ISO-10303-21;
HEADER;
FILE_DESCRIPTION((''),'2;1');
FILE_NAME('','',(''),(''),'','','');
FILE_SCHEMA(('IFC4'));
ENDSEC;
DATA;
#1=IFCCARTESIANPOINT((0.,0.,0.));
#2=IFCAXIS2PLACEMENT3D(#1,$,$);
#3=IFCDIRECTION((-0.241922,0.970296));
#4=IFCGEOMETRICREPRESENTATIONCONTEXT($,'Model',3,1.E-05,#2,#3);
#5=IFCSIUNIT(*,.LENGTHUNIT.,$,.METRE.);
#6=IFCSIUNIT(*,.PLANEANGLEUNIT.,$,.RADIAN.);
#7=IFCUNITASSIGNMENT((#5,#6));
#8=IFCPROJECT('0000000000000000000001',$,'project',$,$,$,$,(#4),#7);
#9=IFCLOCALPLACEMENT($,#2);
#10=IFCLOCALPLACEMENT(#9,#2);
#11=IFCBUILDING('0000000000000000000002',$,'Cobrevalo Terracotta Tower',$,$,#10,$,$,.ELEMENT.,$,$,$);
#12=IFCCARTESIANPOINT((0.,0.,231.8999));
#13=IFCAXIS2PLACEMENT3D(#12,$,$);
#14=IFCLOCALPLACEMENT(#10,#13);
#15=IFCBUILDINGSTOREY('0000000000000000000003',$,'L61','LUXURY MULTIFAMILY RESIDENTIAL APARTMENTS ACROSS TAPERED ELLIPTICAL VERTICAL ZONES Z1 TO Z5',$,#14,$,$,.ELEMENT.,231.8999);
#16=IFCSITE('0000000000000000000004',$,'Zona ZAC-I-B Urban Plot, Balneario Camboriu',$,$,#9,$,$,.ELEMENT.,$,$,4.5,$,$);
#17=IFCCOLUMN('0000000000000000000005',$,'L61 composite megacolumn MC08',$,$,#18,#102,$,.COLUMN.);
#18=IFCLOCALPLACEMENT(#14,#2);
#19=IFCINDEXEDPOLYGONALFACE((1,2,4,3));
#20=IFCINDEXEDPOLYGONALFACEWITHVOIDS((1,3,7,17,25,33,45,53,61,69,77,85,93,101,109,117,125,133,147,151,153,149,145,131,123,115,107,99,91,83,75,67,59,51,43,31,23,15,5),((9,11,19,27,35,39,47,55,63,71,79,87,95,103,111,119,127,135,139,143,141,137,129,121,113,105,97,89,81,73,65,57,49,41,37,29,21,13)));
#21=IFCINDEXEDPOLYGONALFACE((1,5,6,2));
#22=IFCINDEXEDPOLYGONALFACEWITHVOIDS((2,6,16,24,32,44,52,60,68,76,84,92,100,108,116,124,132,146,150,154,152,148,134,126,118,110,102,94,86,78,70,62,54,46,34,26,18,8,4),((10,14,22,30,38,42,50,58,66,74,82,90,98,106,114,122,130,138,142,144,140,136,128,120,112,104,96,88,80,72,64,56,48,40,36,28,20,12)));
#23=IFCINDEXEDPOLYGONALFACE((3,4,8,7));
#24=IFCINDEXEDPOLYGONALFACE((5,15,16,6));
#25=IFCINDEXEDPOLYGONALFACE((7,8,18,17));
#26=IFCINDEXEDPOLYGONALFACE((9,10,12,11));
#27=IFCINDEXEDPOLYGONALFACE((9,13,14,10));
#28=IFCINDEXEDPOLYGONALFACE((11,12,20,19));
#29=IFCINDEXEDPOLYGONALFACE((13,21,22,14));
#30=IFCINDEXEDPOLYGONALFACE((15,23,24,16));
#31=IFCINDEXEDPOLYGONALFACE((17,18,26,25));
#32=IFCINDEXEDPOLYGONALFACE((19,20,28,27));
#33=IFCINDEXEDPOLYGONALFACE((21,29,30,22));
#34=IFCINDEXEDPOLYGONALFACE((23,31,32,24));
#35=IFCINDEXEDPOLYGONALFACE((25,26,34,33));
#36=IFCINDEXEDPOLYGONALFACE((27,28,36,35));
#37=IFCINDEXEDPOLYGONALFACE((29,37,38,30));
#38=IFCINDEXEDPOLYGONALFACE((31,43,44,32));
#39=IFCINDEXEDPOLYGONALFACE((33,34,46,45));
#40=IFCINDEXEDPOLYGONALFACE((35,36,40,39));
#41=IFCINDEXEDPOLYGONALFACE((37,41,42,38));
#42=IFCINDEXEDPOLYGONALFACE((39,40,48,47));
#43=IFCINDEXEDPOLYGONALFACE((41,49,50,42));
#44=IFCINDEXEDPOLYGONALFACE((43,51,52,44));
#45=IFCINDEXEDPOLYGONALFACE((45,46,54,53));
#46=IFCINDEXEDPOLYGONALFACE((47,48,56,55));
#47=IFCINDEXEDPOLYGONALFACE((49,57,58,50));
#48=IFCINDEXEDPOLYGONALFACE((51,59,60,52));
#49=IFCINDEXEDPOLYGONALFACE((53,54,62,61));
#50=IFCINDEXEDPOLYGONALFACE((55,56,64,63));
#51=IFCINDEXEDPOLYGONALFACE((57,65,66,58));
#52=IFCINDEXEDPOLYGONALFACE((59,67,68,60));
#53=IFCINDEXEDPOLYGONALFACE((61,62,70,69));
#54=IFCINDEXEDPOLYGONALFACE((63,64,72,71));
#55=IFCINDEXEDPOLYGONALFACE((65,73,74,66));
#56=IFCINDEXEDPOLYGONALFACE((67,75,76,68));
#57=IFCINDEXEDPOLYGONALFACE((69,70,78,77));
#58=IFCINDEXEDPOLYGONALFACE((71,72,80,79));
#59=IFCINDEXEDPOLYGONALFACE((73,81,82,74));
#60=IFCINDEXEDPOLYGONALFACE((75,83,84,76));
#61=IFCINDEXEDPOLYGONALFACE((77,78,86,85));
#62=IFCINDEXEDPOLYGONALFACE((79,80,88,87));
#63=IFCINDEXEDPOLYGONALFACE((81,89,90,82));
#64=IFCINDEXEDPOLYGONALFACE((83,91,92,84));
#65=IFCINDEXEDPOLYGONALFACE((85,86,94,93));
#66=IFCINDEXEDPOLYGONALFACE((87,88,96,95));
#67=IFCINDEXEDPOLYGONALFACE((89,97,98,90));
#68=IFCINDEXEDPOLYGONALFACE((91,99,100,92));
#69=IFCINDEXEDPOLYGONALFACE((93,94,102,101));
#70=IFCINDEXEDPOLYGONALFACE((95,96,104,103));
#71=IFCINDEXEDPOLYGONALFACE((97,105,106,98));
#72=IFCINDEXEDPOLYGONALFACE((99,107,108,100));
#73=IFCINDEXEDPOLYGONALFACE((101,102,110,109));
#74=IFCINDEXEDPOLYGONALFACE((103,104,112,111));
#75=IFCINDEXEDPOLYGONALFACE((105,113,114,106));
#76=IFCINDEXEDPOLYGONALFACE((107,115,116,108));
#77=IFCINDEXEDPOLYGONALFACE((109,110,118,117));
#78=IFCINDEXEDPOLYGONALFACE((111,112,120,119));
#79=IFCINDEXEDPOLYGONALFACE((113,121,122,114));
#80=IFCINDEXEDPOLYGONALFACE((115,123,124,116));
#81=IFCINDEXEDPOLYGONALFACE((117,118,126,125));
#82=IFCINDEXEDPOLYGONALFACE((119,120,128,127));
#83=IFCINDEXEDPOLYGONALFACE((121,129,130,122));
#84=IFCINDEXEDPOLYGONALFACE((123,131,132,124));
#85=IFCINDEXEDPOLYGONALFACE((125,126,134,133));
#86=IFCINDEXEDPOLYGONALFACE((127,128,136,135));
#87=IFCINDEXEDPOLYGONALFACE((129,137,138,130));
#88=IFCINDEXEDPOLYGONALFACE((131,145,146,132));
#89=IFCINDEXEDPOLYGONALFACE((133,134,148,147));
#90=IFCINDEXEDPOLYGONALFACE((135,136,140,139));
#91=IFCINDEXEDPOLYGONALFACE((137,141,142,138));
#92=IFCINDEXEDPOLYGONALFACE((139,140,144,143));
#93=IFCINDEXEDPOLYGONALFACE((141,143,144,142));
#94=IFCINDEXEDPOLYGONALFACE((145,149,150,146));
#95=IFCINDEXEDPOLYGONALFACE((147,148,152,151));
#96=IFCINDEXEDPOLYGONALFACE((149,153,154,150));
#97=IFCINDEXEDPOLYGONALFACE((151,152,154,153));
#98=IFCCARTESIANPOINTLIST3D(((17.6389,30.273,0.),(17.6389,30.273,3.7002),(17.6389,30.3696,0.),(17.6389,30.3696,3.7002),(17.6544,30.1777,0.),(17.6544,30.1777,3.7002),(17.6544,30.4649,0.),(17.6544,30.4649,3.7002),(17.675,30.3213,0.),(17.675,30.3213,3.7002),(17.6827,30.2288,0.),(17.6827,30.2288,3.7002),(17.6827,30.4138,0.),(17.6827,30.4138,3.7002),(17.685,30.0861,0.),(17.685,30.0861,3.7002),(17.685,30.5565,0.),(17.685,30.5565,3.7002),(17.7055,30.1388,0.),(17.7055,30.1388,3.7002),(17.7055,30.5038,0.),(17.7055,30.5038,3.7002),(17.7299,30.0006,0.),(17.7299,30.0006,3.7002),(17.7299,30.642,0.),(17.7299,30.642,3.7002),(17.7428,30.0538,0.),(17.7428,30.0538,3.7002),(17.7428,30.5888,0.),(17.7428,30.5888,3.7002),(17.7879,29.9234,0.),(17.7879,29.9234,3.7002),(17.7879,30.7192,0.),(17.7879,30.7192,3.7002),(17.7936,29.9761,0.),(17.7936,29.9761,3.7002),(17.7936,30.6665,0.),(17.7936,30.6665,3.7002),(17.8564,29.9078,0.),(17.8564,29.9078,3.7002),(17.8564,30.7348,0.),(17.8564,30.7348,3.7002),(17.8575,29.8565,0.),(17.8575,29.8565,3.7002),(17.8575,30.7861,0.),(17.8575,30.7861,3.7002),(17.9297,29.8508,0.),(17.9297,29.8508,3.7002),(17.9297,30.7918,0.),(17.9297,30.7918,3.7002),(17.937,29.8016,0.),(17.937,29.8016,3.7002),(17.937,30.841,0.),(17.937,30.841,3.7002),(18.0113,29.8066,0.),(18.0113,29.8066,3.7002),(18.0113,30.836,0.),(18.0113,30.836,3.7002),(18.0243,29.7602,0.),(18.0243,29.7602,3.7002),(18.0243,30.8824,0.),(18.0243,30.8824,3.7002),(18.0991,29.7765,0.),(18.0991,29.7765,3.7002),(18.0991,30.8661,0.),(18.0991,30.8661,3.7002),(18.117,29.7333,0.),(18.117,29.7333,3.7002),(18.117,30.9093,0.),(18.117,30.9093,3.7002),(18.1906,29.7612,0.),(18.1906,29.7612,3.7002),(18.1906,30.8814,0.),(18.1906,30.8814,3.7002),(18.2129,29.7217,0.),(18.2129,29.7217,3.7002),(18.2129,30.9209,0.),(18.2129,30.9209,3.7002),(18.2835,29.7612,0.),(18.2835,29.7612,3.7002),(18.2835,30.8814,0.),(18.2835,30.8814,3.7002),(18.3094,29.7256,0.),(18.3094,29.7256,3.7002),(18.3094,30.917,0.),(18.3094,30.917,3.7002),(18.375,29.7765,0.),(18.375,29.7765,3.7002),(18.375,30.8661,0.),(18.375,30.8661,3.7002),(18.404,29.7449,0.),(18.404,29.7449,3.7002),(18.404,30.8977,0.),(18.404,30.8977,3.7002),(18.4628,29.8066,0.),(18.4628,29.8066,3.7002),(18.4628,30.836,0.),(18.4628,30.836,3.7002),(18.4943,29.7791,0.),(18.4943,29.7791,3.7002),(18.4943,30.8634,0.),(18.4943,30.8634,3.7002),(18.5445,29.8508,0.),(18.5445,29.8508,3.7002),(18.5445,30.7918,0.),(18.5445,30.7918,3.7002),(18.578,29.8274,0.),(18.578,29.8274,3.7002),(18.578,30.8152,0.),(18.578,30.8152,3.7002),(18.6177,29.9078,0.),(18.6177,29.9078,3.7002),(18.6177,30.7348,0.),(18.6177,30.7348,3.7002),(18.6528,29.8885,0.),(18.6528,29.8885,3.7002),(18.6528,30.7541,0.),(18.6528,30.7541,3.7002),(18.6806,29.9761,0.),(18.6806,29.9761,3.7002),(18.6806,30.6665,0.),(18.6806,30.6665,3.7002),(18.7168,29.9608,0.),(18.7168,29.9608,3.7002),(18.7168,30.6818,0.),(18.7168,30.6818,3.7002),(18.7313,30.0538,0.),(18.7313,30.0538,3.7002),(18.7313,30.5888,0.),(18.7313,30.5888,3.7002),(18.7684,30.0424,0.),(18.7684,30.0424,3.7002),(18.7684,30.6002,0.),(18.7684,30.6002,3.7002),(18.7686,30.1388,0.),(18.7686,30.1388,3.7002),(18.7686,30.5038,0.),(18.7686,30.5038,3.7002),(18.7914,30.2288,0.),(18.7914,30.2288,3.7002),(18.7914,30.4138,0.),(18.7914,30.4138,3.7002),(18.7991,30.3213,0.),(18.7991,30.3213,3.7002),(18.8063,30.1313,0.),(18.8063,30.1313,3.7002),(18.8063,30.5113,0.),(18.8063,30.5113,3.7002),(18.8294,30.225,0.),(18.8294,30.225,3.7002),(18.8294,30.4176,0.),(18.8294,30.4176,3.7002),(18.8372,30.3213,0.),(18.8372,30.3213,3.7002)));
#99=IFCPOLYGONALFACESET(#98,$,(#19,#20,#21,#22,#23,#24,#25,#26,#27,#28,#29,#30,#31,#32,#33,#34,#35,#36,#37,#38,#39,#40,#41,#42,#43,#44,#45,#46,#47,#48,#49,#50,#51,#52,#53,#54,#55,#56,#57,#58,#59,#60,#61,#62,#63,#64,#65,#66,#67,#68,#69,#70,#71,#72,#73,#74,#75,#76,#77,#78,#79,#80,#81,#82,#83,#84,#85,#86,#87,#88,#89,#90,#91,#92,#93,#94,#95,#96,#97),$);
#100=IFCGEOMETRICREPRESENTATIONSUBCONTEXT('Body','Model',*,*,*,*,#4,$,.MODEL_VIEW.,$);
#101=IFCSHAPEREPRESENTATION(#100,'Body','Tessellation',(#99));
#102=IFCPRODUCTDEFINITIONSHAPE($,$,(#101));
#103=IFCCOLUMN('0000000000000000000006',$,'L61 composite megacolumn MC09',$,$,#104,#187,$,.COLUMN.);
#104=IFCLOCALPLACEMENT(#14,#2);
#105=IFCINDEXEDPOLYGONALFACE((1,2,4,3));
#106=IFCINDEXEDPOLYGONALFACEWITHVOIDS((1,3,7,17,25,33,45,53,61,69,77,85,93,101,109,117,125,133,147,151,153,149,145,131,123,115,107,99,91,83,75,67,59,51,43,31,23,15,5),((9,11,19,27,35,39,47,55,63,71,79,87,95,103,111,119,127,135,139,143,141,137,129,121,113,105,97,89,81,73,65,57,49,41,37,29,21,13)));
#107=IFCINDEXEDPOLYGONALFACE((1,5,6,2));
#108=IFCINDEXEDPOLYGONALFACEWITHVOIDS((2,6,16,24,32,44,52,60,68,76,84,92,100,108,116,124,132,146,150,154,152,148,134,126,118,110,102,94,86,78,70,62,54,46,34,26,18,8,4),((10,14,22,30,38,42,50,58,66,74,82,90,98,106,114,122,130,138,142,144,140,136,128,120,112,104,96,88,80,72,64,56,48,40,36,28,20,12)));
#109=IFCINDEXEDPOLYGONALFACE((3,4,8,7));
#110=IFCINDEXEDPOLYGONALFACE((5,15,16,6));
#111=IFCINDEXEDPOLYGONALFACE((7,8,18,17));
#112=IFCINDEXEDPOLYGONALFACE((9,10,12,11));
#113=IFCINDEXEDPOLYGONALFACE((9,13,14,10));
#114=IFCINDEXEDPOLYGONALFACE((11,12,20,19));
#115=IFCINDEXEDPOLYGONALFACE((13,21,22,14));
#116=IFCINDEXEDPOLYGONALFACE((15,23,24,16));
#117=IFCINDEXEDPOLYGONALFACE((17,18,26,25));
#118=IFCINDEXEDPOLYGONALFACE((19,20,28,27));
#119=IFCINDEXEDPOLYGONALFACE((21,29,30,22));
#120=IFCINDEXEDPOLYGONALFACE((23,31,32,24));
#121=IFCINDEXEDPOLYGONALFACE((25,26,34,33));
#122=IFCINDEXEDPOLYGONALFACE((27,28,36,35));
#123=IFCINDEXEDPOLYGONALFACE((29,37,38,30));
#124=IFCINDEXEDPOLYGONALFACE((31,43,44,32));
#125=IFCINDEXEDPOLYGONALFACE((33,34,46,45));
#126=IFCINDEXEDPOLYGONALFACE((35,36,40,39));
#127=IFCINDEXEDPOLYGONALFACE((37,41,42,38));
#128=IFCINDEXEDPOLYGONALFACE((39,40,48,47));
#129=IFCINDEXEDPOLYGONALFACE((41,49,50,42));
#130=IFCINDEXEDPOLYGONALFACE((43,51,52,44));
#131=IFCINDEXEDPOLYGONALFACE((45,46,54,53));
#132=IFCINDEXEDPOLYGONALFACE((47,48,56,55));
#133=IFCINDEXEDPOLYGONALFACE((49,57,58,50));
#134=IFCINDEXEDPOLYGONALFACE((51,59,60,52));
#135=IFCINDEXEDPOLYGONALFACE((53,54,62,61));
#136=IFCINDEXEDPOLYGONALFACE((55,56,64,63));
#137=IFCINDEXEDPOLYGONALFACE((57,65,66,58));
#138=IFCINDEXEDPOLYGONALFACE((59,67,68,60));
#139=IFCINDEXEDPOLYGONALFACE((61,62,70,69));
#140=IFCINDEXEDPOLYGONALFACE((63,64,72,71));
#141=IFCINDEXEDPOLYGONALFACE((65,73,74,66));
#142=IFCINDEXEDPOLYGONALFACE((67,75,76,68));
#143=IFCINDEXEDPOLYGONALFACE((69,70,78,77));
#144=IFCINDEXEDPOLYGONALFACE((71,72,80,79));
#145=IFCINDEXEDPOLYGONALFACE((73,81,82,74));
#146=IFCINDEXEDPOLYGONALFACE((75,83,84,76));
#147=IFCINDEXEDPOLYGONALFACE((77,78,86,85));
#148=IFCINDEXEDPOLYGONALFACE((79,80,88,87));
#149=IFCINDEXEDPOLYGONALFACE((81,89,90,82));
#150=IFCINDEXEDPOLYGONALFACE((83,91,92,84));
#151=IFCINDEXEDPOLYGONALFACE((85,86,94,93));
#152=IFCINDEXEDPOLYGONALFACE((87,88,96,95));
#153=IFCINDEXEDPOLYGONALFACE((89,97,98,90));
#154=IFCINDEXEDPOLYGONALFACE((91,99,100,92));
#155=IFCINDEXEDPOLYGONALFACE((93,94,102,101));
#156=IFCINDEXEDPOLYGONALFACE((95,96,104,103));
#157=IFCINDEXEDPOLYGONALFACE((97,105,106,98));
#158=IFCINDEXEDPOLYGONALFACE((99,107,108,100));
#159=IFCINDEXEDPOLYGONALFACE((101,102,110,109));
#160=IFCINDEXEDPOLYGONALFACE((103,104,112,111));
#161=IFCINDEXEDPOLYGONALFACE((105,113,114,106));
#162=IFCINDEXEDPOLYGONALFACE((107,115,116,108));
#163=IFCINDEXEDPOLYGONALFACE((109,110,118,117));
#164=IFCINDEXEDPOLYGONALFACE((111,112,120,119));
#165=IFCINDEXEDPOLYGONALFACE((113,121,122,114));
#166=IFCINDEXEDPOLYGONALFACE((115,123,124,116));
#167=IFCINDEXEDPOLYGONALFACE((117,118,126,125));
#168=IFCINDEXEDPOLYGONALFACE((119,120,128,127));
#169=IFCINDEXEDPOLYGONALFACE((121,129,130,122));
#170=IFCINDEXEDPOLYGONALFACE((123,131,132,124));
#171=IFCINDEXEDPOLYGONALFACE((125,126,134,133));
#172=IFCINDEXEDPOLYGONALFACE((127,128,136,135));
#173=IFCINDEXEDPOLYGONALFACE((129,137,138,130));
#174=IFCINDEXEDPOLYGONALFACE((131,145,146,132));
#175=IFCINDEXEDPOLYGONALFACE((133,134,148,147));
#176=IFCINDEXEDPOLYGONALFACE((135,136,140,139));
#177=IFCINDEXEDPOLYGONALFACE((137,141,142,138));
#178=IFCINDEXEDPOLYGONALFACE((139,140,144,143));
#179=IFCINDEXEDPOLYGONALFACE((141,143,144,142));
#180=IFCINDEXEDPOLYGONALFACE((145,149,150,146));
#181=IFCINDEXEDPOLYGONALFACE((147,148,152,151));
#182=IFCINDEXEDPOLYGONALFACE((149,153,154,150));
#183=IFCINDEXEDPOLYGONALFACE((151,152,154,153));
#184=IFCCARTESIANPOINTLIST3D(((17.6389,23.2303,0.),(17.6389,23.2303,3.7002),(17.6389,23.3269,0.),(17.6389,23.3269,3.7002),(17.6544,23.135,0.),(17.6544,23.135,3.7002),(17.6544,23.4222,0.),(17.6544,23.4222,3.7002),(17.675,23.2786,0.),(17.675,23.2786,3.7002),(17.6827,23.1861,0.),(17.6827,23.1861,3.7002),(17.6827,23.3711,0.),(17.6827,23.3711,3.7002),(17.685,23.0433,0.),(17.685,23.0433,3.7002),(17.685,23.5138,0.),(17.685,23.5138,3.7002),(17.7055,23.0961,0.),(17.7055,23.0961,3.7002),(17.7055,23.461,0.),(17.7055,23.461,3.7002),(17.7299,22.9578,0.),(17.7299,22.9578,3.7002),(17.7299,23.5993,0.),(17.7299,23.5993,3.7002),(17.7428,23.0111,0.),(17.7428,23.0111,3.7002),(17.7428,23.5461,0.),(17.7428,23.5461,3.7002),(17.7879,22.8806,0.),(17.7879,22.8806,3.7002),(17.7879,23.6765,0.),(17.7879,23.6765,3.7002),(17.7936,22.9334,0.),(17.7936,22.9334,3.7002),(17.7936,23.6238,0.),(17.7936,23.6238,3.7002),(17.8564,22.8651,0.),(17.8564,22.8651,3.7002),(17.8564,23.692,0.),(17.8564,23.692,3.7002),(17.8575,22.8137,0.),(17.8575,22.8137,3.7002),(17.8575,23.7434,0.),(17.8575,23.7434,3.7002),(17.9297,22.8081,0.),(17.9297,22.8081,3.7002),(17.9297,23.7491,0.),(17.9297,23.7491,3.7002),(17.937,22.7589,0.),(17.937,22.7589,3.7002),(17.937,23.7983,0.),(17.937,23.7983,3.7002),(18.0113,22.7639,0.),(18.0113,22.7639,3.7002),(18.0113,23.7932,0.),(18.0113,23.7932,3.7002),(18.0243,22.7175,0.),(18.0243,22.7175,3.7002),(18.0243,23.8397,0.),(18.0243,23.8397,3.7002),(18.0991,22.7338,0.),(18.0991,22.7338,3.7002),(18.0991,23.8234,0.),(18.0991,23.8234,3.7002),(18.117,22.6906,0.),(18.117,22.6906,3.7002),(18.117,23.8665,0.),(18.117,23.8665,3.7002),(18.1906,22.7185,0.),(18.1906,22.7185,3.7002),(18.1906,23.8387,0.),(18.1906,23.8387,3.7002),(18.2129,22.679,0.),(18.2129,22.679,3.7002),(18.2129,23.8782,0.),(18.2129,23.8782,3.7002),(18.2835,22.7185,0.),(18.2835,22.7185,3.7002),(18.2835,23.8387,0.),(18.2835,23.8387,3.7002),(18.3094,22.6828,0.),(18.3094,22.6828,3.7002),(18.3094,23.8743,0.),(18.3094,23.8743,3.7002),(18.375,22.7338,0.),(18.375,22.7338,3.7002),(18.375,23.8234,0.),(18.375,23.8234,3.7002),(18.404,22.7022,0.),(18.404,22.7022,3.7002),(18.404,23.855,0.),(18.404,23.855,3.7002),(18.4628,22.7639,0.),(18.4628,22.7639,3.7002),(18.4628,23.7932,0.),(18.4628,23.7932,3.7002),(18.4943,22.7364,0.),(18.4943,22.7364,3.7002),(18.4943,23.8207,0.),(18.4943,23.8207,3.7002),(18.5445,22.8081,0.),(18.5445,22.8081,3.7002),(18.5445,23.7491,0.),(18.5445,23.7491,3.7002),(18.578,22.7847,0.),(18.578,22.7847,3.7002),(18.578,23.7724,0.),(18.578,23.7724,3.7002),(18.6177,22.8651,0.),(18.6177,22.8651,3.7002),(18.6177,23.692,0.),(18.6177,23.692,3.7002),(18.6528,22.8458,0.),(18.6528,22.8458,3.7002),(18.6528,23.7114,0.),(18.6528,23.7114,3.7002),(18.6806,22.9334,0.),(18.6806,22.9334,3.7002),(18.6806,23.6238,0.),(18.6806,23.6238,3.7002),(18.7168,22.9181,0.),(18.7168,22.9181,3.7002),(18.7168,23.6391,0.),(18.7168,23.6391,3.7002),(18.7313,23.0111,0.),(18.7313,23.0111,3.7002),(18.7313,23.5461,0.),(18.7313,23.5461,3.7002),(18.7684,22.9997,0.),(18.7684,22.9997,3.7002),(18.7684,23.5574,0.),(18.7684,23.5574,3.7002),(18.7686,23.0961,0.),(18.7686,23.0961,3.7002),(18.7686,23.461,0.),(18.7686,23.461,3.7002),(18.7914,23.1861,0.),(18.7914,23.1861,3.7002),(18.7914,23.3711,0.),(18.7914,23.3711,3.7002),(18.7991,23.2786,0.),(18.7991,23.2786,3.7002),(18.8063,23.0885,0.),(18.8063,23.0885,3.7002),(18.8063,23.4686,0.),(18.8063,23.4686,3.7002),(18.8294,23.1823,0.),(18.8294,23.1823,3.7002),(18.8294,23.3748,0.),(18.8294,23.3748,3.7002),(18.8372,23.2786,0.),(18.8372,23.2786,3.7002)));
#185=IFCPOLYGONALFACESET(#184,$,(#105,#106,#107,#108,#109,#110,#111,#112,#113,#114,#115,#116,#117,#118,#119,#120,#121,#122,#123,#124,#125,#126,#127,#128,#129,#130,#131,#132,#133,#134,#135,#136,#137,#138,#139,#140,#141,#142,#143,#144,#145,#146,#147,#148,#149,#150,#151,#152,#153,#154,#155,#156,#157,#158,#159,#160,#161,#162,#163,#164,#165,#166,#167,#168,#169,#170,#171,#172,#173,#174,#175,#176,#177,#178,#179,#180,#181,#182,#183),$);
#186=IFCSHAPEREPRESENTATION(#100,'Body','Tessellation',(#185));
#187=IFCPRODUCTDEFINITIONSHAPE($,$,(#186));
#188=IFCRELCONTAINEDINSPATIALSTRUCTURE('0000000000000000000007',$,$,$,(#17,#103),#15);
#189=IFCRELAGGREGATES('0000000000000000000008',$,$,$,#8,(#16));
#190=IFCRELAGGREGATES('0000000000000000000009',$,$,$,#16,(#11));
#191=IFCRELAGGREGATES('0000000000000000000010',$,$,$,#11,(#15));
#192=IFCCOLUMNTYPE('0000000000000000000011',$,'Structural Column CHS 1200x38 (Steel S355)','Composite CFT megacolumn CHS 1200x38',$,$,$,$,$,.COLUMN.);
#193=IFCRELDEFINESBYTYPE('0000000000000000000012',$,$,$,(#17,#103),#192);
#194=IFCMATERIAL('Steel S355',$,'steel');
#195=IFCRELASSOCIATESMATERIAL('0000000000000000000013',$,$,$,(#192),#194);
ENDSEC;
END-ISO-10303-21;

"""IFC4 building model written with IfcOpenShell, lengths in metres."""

from ifc_helpers import new_model, si_unit, direction, frame, origin, origin_2d, place, context, subcontext, project, spatial, hollow_circle, extrude, material, material_profile, profile_set, type_object, element, save


model = new_model("IFC4")

# Units and contexts
model_context = context("Model", 3, precision=1e-05, world=origin(), true_north=direction((-0.241922, 0.970296)))
body_context = subcontext(model_context, "Body", "Model", "MODEL_VIEW")
ifc_project = project(units=[si_unit("LENGTHUNIT", "METRE"), si_unit("PLANEANGLEUNIT", "RADIAN")], contexts=[model_context])

# Site, building, storey
site_placement = place(None, origin())
site = spatial("IfcSite", under=ifc_project, at=site_placement, Name="Zona ZAC-I-B Urban Plot, Balneario Camboriu", CompositionType="ELEMENT", RefElevation=4.5)
building_placement = place(site_placement, origin())
building = spatial("IfcBuilding", under=site, at=building_placement, Name="Cobrevalo Terracotta Tower", CompositionType="ELEMENT")
storey_placement = place(building_placement, frame((0.0, 0.0, 231.8999)))
storey = spatial("IfcBuildingStorey", under=building, at=storey_placement, Name="L61", Description="LUXURY MULTIFAMILY RESIDENTIAL APARTMENTS ACROSS TAPERED ELLIPTICAL VERTICAL ZONES Z1 TO Z5", CompositionType="ELEMENT", Elevation=231.8999)

# Columns
ifc_material_1 = material(Name="Steel S355", Category="steel")
ifc_material_profile_1 = material_profile(ifc_material_1, hollow_circle(Radius=0.6001, WallThickness=0.0381, at=origin_2d()), Name="CHS 1200x38")
ifc_profile_set_1 = profile_set([ifc_material_profile_1], Name="Steel S355")
column_type = type_object("IfcColumnType", Name="Structural Column CHS 1200x38 (Steel S355)", Description="Composite CFT megacolumn CHS 1200x38", PredefinedType="COLUMN", material=ifc_profile_set_1)
for number, where, z_axis, x_axis, name in (
    (1, (18.2371, 30.3213, 0.0), (0.0, 0.0, 1.0), (1.0, 0.0, 0.0), "L61 composite megacolumn MC08"),
    (2, (18.2371, 23.2786, 0.0), (0.0, 0.0, 1.0), (1.0, 0.0, 0.0), "L61 composite megacolumn MC09"),
):
    element("IfcColumn", number, at=place(storey_placement, frame(where, z_axis=z_axis, x_axis=x_axis)), inside=storey, type_object=column_type, Name=name, PredefinedType="COLUMN", context=body_context, shape_type="SweptSolid", body=[
        extrude(hollow_circle(Radius=0.6001, WallThickness=0.0381, at=origin_2d()), origin(), (0.0, 0.0, 1.0), 3.7002),
    ])

save(model, "model.ifc")
